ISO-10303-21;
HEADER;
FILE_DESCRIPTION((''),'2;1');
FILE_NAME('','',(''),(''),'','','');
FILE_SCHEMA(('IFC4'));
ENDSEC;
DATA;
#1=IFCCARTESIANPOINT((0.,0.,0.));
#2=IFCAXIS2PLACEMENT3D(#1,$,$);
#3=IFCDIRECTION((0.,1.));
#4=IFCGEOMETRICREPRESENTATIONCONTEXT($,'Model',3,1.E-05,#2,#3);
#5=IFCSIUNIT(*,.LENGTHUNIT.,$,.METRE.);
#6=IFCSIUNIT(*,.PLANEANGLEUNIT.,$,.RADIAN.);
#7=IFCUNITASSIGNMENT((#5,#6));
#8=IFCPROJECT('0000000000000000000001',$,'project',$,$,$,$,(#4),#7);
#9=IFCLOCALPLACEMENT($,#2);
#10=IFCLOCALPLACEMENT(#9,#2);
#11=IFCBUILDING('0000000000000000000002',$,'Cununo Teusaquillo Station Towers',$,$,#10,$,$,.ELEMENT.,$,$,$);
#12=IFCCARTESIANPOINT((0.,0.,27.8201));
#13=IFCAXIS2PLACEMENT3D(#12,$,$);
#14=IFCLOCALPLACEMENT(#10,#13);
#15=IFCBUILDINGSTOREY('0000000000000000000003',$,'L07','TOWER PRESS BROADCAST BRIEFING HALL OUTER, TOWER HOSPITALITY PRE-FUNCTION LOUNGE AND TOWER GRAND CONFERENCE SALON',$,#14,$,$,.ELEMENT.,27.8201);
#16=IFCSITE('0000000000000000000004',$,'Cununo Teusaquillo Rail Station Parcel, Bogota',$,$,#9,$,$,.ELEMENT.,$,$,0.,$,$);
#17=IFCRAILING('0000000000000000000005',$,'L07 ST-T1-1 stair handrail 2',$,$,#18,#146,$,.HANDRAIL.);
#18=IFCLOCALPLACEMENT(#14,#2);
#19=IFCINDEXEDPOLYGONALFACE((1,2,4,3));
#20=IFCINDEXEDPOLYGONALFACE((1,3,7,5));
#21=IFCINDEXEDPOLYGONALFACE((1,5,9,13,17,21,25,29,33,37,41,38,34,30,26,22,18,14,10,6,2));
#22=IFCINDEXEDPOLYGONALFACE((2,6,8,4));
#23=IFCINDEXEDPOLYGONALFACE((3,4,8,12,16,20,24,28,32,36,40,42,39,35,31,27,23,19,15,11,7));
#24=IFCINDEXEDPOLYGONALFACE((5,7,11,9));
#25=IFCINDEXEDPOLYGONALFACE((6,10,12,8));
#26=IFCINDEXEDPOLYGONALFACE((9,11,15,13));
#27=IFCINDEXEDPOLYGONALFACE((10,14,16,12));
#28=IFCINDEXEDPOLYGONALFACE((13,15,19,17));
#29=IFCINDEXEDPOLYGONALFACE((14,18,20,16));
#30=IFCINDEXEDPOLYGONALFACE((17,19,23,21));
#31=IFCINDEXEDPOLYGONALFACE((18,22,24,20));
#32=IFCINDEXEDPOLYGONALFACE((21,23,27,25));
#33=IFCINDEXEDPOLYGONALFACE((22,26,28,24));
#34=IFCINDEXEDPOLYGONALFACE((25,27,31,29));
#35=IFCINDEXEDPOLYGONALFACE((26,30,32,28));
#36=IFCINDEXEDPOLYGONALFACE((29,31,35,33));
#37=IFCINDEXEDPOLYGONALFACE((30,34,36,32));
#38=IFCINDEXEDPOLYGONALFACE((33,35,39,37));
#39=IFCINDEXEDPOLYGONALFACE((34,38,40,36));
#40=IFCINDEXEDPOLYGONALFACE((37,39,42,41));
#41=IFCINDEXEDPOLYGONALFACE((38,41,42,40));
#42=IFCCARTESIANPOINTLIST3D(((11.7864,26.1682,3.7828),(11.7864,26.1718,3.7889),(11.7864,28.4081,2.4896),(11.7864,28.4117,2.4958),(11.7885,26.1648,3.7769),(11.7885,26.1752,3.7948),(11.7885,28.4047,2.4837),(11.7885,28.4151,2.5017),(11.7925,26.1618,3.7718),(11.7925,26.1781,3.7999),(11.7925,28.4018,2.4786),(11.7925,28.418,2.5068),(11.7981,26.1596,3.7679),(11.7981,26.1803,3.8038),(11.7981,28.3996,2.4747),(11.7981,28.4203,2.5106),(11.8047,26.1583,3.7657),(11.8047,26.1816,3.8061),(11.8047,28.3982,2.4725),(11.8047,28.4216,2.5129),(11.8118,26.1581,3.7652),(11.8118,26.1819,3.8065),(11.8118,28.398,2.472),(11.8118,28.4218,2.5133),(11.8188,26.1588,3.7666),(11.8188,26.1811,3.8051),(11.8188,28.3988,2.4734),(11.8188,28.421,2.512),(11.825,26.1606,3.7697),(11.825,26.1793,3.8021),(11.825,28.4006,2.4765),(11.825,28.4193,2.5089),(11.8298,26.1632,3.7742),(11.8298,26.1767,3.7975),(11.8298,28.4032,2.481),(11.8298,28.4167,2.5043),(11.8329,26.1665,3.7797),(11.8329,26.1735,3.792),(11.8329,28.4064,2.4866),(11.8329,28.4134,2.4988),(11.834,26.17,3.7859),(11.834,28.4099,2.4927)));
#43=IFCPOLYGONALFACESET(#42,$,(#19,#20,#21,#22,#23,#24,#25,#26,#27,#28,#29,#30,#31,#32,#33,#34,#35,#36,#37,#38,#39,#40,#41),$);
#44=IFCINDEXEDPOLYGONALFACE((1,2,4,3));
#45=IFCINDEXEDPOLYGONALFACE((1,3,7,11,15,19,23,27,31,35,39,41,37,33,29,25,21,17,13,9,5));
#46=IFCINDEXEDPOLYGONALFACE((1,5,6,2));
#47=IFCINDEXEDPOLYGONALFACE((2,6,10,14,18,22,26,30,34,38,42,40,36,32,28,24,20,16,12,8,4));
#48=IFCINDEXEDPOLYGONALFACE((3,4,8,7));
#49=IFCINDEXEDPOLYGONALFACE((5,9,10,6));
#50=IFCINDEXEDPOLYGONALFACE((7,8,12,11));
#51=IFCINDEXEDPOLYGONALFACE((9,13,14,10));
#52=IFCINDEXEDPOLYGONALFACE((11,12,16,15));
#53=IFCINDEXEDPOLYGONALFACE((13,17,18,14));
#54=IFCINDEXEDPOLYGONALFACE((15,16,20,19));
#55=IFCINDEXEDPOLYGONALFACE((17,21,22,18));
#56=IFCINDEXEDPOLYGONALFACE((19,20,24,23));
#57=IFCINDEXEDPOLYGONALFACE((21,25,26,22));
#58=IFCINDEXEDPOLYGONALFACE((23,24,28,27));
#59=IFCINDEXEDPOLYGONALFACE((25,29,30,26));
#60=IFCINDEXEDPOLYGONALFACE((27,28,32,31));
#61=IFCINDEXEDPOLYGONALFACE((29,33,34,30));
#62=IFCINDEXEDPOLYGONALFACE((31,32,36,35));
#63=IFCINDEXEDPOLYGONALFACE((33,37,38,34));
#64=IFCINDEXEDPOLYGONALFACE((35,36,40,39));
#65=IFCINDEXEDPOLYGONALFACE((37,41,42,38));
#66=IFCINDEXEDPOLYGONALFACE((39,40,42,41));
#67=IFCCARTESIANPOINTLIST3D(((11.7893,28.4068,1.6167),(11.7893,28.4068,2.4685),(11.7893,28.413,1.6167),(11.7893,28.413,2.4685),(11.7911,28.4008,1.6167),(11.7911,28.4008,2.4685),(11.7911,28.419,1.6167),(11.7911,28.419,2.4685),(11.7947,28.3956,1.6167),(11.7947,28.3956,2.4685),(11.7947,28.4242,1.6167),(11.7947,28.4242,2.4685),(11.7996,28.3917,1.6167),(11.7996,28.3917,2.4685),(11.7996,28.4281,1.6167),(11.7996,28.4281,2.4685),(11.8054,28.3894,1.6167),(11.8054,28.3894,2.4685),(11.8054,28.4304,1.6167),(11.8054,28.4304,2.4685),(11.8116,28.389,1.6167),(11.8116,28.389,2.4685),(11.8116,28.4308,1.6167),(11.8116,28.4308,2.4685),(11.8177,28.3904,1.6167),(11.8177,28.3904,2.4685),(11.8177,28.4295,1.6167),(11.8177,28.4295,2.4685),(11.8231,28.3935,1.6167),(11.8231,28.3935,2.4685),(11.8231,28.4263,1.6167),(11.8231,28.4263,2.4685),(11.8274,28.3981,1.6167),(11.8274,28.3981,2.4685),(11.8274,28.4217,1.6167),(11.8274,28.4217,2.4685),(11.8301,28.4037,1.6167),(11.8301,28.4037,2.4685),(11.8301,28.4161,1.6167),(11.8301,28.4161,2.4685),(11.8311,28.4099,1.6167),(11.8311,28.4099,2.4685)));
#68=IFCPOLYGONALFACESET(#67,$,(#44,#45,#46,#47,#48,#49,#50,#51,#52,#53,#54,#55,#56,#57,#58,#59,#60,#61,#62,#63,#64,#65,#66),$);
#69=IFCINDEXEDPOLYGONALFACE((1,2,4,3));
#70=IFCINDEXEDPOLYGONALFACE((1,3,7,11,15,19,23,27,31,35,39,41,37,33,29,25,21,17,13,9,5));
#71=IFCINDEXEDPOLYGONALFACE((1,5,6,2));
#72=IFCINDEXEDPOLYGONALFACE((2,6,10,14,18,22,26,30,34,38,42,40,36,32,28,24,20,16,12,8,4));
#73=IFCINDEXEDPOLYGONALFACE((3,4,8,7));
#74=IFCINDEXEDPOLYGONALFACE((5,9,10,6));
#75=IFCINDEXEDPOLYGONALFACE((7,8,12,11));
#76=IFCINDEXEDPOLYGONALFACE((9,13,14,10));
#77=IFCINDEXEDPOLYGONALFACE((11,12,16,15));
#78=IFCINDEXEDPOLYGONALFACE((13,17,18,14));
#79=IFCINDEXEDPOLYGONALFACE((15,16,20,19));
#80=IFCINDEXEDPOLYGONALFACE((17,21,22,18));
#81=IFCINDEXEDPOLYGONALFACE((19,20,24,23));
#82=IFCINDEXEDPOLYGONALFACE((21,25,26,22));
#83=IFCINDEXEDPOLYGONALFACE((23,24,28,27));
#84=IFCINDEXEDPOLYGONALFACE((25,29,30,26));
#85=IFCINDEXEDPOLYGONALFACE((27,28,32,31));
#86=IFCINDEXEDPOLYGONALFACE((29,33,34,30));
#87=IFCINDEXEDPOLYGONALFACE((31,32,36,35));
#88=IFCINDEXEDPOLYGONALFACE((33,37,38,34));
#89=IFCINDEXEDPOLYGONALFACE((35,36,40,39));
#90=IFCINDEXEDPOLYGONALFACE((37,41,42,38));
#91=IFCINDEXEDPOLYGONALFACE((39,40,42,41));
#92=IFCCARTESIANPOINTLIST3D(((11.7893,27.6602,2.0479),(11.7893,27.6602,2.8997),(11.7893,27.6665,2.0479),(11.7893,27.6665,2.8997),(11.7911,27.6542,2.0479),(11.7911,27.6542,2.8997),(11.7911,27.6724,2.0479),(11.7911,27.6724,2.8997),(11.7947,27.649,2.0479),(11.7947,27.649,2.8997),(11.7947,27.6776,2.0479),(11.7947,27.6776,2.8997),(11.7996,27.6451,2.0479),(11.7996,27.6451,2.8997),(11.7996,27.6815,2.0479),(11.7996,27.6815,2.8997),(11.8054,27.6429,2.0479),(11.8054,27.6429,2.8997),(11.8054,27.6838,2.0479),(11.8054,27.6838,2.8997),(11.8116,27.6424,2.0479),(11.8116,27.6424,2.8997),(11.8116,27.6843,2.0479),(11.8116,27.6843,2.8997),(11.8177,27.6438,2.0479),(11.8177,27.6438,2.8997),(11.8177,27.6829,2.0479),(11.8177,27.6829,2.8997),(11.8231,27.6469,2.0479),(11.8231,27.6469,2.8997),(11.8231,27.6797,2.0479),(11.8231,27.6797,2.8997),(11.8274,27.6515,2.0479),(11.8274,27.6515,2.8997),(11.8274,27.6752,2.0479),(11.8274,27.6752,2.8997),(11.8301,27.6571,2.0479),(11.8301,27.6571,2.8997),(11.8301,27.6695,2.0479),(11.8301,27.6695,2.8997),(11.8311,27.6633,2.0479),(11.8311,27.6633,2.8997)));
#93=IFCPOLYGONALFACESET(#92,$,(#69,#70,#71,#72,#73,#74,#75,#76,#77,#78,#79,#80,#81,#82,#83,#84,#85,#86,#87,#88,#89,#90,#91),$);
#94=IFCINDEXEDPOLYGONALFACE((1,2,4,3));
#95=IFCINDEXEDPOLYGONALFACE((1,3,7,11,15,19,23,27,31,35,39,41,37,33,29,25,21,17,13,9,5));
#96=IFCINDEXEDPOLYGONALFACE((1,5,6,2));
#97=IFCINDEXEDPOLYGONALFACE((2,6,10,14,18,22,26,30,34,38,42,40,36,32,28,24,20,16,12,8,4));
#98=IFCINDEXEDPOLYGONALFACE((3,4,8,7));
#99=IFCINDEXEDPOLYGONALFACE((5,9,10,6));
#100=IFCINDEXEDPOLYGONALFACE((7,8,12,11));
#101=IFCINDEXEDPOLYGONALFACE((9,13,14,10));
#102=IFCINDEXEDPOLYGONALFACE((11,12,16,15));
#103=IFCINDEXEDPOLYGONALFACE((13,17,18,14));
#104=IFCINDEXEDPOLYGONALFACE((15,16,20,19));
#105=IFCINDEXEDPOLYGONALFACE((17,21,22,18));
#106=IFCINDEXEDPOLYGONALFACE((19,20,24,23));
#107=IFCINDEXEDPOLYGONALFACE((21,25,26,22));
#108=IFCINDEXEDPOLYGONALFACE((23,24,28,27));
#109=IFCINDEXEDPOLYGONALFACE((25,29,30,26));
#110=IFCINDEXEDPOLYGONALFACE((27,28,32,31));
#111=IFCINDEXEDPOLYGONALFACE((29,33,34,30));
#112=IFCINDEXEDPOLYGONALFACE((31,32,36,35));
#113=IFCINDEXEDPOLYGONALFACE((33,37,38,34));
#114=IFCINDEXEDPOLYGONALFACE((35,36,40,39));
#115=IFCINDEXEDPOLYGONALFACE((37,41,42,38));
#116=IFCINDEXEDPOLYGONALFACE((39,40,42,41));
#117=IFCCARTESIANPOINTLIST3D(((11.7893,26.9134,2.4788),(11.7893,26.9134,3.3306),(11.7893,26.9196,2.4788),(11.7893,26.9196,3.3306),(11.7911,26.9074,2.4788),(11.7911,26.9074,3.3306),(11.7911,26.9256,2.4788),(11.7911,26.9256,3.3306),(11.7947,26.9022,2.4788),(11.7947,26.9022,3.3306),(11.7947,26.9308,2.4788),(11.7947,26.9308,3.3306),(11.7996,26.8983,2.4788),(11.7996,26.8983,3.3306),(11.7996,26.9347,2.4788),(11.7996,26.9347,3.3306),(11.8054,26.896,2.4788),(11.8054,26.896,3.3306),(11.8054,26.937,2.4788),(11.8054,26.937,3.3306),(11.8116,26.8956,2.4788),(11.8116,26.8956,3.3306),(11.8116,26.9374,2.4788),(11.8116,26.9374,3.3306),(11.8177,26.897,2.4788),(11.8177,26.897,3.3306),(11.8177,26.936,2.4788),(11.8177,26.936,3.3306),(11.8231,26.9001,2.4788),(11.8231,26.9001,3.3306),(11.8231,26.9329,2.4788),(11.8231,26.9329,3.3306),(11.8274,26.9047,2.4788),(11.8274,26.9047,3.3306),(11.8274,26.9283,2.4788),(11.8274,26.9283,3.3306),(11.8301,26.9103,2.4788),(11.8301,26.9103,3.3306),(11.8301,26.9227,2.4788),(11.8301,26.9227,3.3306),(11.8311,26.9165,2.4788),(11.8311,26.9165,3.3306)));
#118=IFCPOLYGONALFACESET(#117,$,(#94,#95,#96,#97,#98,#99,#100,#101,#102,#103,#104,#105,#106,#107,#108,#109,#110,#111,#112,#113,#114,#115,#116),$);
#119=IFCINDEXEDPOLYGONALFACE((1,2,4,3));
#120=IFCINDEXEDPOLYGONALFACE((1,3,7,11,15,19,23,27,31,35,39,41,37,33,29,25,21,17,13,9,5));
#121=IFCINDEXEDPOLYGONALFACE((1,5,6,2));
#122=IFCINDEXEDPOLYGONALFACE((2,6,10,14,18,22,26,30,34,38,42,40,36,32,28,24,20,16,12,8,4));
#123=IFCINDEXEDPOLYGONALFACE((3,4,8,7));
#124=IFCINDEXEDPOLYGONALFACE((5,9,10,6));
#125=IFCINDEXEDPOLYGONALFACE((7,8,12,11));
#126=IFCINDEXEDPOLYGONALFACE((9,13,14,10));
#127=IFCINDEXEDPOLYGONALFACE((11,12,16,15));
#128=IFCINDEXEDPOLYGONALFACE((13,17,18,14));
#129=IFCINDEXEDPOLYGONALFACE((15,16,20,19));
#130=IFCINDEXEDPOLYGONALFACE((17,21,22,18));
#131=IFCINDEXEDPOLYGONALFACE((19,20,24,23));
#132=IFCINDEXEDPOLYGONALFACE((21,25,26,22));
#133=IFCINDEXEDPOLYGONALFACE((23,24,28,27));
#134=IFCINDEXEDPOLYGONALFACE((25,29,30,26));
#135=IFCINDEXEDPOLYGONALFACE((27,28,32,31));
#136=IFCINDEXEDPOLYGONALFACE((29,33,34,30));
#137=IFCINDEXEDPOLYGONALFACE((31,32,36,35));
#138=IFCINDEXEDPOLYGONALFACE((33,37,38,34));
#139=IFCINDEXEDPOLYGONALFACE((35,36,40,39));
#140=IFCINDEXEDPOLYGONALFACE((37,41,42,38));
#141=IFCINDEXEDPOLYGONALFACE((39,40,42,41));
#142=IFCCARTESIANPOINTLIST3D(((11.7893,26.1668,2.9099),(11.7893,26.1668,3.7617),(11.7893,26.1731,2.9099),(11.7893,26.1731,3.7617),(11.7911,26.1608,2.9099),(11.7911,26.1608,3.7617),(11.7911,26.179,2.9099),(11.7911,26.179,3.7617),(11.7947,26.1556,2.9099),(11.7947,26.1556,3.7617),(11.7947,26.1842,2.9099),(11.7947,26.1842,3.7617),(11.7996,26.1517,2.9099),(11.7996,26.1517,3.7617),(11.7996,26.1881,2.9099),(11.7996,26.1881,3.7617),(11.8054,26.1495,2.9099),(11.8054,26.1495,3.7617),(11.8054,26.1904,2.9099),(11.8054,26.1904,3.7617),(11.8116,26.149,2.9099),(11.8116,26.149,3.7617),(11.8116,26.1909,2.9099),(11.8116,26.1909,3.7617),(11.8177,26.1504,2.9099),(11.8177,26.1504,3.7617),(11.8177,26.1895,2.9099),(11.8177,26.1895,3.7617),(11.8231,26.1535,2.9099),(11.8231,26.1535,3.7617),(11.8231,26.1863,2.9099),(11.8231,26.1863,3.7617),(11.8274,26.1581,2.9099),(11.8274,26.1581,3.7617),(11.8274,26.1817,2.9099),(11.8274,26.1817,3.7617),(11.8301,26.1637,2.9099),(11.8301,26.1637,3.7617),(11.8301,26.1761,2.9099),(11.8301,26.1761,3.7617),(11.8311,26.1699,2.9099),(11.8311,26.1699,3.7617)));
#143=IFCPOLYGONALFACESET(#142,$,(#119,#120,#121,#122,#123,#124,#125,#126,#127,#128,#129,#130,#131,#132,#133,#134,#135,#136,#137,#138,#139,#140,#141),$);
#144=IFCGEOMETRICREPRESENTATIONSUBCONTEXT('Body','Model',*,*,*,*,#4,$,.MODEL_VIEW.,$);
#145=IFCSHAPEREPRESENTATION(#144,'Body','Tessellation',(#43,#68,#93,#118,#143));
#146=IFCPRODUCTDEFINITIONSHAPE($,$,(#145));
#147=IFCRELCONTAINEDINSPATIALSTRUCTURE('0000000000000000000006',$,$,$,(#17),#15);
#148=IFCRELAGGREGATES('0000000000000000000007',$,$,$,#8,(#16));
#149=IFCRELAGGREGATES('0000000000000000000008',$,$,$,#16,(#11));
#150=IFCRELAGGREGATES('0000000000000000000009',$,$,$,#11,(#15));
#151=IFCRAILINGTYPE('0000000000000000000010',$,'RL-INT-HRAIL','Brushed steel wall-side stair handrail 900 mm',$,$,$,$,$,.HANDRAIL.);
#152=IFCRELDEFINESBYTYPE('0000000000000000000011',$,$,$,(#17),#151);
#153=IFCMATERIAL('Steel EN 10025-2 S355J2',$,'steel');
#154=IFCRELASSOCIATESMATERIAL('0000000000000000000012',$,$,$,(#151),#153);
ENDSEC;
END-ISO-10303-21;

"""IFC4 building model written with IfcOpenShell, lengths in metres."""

from ifc_helpers import new_model, si_unit, direction, frame, origin, origin_2d, place, context, subcontext, project, spatial, circle, extrude, material, type_object, element, save


model = new_model("IFC4")

# Units and contexts
model_context = context("Model", 3, precision=1e-05, world=origin(), true_north=direction((0.0, 1.0)))
body_context = subcontext(model_context, "Body", "Model", "MODEL_VIEW")
ifc_project = project(units=[si_unit("LENGTHUNIT", "METRE"), si_unit("PLANEANGLEUNIT", "RADIAN")], contexts=[model_context])

# Site, building, storey
site_placement = place(None, origin())
site = spatial("IfcSite", under=ifc_project, at=site_placement, Name="Cununo Teusaquillo Rail Station Parcel, Bogota", CompositionType="ELEMENT", RefElevation=0.0)
building_placement = place(site_placement, origin())
building = spatial("IfcBuilding", under=site, at=building_placement, Name="Cununo Teusaquillo Station Towers", CompositionType="ELEMENT")
storey_placement = place(building_placement, frame((0.0, 0.0, 27.8201)))
storey = spatial("IfcBuildingStorey", under=building, at=storey_placement, Name="L07", Description="TOWER PRESS BROADCAST BRIEFING HALL OUTER, TOWER HOSPITALITY PRE-FUNCTION LOUNGE AND TOWER GRAND CONFERENCE SALON", CompositionType="ELEMENT", Elevation=27.8201)

# Railing
ifc_material_1 = material(Name="Steel EN 10025-2 S355J2", Category="steel")
railing_type_1 = type_object("IfcRailingType", Name="RL-INT-HRAIL", Description="Brushed steel wall-side stair handrail 900 mm", PredefinedType="HANDRAIL", material=ifc_material_1)
railing_1_placement = place(storey_placement, frame((11.8101, 28.4099, 1.6167)))
element("IfcRailing", 1, at=railing_1_placement, inside=storey, type_object=railing_type_1, Name="L07 ST-T1-1 stair handrail 2", PredefinedType="HANDRAIL", context=body_context, shape_type="SweptSolid", body=[
    extrude(circle(Radius=0.0239, at=origin_2d()), frame((0.0, 0.0, 0.876), z_axis=(0.0, -0.866033, 0.499987), x_axis=(1.0, 0.0, 0.0)), (0.0, 0.0, 1.0), 2.5864),
    extrude(circle(Radius=0.021, at=origin_2d()), origin(), (0.0, 0.0, 1.0), 0.8518),
    extrude(circle(Radius=0.021, at=origin_2d()), frame((0.0, -0.7466, 0.4312)), (0.0, 0.0, 1.0), 0.8518),
    extrude(circle(Radius=0.021, at=origin_2d()), frame((0.0, -1.4934, 0.8621)), (0.0, 0.0, 1.0), 0.8518),
    extrude(circle(Radius=0.021, at=origin_2d()), frame((0.0, -2.24, 1.2932)), (0.0, 0.0, 1.0), 0.8518),
])

save(model, "model.ifc")
